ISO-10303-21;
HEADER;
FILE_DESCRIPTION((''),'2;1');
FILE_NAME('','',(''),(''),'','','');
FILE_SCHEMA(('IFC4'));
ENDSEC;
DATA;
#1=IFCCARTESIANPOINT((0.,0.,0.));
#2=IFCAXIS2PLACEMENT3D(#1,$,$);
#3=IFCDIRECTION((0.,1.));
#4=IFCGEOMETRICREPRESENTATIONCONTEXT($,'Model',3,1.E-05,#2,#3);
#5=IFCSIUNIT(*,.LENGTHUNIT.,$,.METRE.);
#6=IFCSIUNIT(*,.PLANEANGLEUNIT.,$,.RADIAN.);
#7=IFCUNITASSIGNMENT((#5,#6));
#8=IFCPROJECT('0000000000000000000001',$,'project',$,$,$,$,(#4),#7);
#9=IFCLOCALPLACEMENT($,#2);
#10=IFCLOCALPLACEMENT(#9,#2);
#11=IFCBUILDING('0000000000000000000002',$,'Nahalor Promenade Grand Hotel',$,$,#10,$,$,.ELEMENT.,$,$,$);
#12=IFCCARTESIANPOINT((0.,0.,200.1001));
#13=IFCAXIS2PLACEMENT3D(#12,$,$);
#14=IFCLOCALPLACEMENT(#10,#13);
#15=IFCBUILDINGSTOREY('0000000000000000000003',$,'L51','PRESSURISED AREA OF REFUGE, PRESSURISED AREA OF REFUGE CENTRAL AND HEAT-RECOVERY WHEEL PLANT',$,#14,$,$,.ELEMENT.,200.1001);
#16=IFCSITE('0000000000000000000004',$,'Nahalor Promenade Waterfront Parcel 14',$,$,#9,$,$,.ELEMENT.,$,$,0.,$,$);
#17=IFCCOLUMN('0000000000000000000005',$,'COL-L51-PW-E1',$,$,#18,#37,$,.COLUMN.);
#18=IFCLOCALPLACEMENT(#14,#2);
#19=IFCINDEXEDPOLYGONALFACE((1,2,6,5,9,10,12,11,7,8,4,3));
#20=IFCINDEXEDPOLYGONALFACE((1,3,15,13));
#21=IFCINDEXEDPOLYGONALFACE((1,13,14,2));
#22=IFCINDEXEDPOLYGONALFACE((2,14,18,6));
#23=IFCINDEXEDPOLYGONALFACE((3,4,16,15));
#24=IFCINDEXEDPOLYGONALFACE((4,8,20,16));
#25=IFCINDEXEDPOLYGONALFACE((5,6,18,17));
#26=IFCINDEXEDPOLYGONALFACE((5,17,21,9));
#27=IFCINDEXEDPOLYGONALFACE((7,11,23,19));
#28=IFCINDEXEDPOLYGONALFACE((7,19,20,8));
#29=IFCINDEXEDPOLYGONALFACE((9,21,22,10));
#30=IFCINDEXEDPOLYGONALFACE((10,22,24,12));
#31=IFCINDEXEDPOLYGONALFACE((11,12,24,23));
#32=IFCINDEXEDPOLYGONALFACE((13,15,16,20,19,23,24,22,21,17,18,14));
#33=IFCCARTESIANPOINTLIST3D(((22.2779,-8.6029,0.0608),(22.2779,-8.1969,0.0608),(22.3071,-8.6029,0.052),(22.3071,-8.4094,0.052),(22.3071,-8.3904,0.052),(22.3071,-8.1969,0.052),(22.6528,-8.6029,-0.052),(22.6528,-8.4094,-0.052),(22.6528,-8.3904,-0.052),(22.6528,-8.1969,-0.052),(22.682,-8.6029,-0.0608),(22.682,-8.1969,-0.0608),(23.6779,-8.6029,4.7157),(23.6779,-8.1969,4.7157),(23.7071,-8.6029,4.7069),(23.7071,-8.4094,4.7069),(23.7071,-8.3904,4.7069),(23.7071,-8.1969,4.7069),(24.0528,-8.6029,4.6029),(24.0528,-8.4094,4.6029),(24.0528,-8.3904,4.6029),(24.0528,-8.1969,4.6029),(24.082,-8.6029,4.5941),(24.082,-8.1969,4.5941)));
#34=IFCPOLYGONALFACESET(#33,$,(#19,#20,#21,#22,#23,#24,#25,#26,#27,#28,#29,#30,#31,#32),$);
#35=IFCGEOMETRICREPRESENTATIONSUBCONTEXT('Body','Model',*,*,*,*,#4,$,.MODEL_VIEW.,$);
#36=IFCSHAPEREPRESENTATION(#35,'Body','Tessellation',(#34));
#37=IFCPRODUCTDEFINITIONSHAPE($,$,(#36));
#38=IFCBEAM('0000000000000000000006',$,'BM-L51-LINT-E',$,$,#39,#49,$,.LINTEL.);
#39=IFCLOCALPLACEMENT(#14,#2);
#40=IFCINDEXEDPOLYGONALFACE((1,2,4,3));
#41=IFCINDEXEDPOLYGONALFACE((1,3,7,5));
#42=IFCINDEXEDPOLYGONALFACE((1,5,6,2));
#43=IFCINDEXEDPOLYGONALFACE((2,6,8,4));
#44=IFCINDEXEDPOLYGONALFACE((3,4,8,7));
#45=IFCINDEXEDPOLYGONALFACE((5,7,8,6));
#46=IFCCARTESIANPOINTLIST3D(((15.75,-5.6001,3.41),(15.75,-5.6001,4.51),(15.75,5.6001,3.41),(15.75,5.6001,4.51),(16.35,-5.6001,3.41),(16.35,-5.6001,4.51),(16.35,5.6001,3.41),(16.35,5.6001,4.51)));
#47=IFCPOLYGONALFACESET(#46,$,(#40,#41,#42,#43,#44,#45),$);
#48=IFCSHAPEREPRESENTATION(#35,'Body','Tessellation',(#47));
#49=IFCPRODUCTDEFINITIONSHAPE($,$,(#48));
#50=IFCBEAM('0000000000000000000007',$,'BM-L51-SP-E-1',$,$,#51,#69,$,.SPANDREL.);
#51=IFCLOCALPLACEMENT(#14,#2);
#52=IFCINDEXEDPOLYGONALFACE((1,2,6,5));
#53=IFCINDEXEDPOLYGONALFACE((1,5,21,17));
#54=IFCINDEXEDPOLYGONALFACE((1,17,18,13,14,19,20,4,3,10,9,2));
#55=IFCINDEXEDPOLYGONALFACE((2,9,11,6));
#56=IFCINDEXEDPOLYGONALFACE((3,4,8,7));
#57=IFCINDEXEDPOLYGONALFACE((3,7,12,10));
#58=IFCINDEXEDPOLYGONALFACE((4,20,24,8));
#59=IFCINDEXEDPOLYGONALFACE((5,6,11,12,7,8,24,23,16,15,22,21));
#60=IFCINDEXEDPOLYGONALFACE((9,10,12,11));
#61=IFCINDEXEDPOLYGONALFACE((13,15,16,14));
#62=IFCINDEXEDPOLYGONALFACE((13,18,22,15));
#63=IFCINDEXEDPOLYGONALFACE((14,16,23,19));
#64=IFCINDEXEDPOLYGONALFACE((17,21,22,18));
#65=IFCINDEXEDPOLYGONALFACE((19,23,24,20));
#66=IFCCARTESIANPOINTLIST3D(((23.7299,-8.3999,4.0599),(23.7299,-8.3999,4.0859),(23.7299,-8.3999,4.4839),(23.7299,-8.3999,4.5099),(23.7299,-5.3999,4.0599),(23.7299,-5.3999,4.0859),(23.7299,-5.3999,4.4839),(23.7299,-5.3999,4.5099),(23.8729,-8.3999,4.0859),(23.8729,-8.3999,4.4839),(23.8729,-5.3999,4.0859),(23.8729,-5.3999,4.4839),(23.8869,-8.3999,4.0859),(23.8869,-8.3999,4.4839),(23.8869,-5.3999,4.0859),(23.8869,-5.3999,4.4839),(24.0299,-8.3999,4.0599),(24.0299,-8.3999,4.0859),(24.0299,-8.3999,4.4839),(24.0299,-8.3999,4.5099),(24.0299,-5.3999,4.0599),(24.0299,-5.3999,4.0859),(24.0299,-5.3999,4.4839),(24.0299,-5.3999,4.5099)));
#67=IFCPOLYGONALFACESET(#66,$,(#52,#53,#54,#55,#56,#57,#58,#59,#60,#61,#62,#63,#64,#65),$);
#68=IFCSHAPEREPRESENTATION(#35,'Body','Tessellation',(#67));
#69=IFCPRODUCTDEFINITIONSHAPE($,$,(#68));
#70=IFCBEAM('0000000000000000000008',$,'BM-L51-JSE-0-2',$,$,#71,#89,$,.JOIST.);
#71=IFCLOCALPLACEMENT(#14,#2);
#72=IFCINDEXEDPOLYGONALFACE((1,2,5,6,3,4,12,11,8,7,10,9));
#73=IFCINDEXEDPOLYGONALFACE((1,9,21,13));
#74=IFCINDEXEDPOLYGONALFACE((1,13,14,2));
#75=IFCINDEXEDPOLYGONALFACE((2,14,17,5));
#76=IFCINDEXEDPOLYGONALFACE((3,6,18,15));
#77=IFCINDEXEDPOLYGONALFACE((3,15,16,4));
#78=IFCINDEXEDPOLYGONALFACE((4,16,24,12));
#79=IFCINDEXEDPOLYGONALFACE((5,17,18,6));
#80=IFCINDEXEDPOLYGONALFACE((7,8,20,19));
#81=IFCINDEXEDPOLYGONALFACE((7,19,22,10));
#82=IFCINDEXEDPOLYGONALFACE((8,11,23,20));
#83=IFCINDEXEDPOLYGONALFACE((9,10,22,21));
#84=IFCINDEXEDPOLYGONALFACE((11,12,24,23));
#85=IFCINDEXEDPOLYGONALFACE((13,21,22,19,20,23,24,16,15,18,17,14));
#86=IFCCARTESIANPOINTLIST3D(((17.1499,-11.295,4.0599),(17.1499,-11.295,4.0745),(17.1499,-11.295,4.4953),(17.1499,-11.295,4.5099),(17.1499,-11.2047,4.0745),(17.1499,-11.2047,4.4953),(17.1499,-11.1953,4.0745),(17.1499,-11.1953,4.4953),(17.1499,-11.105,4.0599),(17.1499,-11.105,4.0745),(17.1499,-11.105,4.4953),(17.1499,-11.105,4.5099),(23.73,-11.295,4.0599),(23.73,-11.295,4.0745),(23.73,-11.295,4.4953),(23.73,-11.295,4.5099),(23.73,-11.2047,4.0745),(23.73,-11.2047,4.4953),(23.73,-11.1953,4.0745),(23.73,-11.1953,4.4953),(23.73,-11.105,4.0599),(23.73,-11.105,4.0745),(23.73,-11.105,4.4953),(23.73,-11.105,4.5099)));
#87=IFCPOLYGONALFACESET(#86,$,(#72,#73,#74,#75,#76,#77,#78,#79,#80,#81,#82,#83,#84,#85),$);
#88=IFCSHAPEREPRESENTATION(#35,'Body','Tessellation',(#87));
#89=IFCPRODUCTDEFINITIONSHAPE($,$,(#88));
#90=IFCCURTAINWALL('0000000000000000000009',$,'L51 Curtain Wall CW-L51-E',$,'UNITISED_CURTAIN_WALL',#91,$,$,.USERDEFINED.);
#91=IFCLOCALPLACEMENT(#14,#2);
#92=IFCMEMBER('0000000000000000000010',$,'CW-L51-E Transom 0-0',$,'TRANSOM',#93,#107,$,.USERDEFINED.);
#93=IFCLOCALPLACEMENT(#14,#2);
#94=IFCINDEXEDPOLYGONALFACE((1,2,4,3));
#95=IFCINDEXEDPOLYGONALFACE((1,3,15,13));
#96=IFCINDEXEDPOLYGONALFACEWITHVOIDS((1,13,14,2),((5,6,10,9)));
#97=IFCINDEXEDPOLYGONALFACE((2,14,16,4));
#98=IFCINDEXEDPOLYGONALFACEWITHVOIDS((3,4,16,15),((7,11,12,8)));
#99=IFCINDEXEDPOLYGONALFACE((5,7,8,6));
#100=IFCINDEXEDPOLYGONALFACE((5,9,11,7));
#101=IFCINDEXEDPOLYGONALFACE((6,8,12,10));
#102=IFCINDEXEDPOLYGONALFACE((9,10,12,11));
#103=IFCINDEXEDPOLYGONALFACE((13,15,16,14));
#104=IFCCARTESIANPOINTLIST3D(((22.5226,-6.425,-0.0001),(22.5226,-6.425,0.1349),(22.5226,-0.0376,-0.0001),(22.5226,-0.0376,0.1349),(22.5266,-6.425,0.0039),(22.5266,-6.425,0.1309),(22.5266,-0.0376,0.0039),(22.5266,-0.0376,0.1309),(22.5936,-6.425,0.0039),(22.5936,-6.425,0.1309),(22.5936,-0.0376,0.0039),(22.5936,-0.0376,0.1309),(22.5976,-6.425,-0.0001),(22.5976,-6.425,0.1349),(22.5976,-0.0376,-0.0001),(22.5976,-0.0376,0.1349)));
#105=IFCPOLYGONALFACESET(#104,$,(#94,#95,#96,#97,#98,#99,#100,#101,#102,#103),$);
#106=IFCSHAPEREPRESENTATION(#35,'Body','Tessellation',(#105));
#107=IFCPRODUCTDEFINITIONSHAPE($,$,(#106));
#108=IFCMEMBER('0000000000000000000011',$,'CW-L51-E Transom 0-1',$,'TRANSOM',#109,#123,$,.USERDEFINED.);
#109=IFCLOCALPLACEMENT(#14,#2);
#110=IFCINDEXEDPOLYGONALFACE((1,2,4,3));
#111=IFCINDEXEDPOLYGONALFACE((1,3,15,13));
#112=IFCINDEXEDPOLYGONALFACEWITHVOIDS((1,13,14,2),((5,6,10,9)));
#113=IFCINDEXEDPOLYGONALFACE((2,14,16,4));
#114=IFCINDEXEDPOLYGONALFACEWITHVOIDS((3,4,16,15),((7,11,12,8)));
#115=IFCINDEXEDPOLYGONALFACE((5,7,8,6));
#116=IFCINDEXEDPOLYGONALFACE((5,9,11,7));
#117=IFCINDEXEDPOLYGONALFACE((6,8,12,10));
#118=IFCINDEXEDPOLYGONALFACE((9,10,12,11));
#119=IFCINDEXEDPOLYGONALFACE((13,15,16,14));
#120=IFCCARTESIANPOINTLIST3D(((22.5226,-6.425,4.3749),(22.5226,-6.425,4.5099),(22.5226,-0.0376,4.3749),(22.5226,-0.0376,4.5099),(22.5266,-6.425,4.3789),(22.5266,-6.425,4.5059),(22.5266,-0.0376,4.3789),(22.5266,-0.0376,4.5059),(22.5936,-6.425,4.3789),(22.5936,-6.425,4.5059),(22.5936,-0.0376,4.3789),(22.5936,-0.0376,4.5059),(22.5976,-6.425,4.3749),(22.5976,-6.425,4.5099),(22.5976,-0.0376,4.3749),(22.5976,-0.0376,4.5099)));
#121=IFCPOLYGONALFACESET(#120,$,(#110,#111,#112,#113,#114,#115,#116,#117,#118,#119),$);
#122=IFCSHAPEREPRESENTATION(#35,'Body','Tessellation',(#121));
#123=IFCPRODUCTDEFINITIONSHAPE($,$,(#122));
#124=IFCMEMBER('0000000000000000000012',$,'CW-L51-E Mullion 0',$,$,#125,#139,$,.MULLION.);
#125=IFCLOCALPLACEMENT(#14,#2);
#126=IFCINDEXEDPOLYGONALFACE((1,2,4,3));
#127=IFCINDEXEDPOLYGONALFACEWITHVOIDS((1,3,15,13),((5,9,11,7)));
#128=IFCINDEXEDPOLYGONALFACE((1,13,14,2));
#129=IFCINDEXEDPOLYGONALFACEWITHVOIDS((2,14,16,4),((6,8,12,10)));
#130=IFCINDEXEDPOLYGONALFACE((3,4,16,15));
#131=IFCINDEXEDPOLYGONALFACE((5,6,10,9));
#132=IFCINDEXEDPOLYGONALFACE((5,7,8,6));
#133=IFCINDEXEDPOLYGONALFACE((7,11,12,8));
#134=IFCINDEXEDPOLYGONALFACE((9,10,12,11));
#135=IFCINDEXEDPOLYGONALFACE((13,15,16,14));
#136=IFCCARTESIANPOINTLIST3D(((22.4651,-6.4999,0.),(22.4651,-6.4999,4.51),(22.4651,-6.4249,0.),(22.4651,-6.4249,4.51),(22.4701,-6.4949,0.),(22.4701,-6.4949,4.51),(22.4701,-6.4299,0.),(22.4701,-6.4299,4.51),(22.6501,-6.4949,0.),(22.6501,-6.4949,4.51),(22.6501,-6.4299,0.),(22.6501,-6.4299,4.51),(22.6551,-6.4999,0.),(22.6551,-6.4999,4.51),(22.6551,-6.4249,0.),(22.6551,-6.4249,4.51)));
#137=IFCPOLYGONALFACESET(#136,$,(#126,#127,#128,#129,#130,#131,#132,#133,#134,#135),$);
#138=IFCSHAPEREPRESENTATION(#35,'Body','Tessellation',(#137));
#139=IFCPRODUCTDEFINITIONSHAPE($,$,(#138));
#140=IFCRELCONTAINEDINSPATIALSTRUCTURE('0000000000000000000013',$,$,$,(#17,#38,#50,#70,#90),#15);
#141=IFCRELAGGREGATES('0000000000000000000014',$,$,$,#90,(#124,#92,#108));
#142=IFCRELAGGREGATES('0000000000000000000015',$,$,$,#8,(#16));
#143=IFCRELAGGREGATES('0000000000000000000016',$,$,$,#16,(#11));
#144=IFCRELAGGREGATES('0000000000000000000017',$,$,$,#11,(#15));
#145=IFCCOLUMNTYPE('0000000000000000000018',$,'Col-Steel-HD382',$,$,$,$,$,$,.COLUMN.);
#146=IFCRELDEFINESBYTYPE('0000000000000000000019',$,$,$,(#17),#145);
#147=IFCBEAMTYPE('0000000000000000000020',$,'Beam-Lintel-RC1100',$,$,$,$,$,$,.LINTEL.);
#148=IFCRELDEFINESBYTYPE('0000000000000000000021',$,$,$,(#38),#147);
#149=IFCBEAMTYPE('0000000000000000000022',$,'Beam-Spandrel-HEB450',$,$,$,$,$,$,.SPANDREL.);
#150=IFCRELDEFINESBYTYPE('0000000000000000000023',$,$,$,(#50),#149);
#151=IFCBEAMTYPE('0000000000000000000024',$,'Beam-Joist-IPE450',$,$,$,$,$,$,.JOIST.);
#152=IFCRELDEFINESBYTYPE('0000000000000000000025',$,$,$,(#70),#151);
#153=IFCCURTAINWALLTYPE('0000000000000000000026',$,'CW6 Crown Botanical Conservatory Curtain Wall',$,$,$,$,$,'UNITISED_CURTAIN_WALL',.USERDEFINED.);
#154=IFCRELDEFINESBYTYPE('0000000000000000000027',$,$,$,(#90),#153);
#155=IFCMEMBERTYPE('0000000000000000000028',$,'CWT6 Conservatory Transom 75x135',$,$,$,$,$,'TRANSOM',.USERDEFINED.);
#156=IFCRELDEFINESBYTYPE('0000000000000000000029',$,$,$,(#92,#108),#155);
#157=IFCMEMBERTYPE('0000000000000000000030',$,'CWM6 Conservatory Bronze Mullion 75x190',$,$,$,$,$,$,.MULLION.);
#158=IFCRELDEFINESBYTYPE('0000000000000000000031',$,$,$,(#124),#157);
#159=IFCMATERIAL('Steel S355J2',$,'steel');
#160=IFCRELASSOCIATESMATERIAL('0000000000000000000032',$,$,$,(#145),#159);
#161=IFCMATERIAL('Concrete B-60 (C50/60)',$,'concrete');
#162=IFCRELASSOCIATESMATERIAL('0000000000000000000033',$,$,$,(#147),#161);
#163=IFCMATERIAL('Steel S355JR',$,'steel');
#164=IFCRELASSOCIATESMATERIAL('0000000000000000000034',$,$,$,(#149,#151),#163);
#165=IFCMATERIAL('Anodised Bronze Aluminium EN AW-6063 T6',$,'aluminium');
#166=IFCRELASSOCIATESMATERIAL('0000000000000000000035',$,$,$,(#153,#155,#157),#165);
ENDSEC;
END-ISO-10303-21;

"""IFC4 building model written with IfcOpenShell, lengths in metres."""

from ifc_helpers import new_model, si_unit, direction, frame, origin, origin_2d, place, context, subcontext, project, spatial, rectangle, hollow_rectangle, i_section, extrude, source, transform, mapped, material, material_profile, profile_set, type_object, element, aggregate, save


model = new_model("IFC4")

# Units and contexts
model_context = context("Model", 3, precision=1e-05, world=origin(), true_north=direction((0.0, 1.0)))
body_context = subcontext(model_context, "Body", "Model", "MODEL_VIEW")
ifc_project = project(units=[si_unit("LENGTHUNIT", "METRE"), si_unit("PLANEANGLEUNIT", "RADIAN")], contexts=[model_context])

# Site, building, storey
site_placement = place(None, origin())
site = spatial("IfcSite", under=ifc_project, at=site_placement, Name="Nahalor Promenade Waterfront Parcel 14", CompositionType="ELEMENT", RefElevation=0.0)
building_placement = place(site_placement, origin())
building = spatial("IfcBuilding", under=site, at=building_placement, Name="Nahalor Promenade Grand Hotel", CompositionType="ELEMENT")
storey_placement = place(building_placement, frame((0.0, 0.0, 200.1001)))
storey = spatial("IfcBuildingStorey", under=building, at=storey_placement, Name="L51", Description="PRESSURISED AREA OF REFUGE, PRESSURISED AREA OF REFUGE CENTRAL AND HEAT-RECOVERY WHEEL PLANT", CompositionType="ELEMENT", Elevation=200.1001)

# Column
ifc_material_1 = material(Name="Steel S355J2", Category="steel")
ifc_material_profile_1 = material_profile(ifc_material_1, i_section(OverallWidth=0.406, OverallDepth=0.422, WebThickness=0.019, FlangeThickness=0.0305, at=origin_2d()), Name="HD 400x382")
ifc_profile_set_1 = profile_set([ifc_material_profile_1], Name="Steel S355J2")
column_type = type_object("IfcColumnType", Name="Col-Steel-HD382", PredefinedType="COLUMN", material=ifc_profile_set_1)
shared_shape_1 = source(origin(), body_context, "Body", "SweptSolid", [
    extrude(i_section(OverallWidth=0.406, OverallDepth=0.422, WebThickness=0.019, FlangeThickness=0.0305, at=origin_2d()), origin(), (0.0, 0.0, 1.0), 4.8608),
])
column_placement = place(storey_placement, frame((22.48, -8.3999, 0.0), z_axis=(0.288002, 0.0, 0.95763), x_axis=(0.0, 1.0, 0.0)))
element("IfcColumn", 1, at=column_placement, inside=storey, type_object=column_type, Name="COL-L51-PW-E1", PredefinedType="COLUMN", context=body_context, shape_type="MappedRepresentation", body=[
    mapped(shared_shape_1, transform((0.0, 0.0, 0.0), scale=1.0)),
])

# Beams
ifc_material_2 = material(Name="Concrete B-60 (C50/60)", Category="concrete")
ifc_material_profile_2 = material_profile(ifc_material_2, rectangle(XDim=0.6, YDim=1.1, at=origin_2d()), Name="RC 600x1100")
ifc_profile_set_2 = profile_set([ifc_material_profile_2], Name="Concrete B-60 (C50/60)")
beam_type_1 = type_object("IfcBeamType", Name="Beam-Lintel-RC1100", PredefinedType="LINTEL", material=ifc_profile_set_2)
shared_shape_2 = source(origin(), body_context, "Body", "SweptSolid", [
    extrude(rectangle(XDim=0.6, YDim=1.1, at=origin_2d()), origin(), (0.0, 0.0, 1.0), 11.2002),
])
beam_1_placement = place(storey_placement, frame((16.05, -5.6001, 3.96), z_axis=(0.0, 1.0, 0.0), x_axis=(-1.0, 0.0, 0.0)))
element("IfcBeam", 2, at=beam_1_placement, inside=storey, type_object=beam_type_1, Name="BM-L51-LINT-E", PredefinedType="LINTEL", context=body_context, shape_type="MappedRepresentation", body=[
    mapped(shared_shape_2, transform((0.0, 0.0, 0.0), scale=1.0)),
])
ifc_material_3 = material(Name="Steel S355JR", Category="steel")
ifc_material_profile_3 = material_profile(ifc_material_3, i_section(OverallWidth=0.3, OverallDepth=0.45, WebThickness=0.014, FlangeThickness=0.026, at=origin_2d()), Name="HEB 450")
ifc_profile_set_3 = profile_set([ifc_material_profile_3], Name="Steel S355JR")
beam_type_2 = type_object("IfcBeamType", Name="Beam-Spandrel-HEB450", PredefinedType="SPANDREL", material=ifc_profile_set_3)
shared_shape_3 = source(origin(), body_context, "Body", "SweptSolid", [
    extrude(i_section(OverallWidth=0.3, OverallDepth=0.45, WebThickness=0.014, FlangeThickness=0.026, at=origin_2d()), origin(), (0.0, 0.0, 1.0), 3.0),
])
beam_2_placement = place(storey_placement, frame((23.8799, -8.3999, 4.2849), z_axis=(0.0, 1.0, 0.0), x_axis=(-1.0, 0.0, 0.0)))
element("IfcBeam", 3, at=beam_2_placement, inside=storey, type_object=beam_type_2, Name="BM-L51-SP-E-1", PredefinedType="SPANDREL", context=body_context, shape_type="MappedRepresentation", body=[
    mapped(shared_shape_3, transform((0.0, 0.0, 0.0), scale=1.0)),
])
ifc_material_profile_4 = material_profile(ifc_material_3, i_section(OverallWidth=0.19, OverallDepth=0.45, WebThickness=0.0094, FlangeThickness=0.0146, at=origin_2d()), Name="IPE 450")
ifc_profile_set_4 = profile_set([ifc_material_profile_4], Name="Steel S355JR")
beam_type_3 = type_object("IfcBeamType", Name="Beam-Joist-IPE450", PredefinedType="JOIST", material=ifc_profile_set_4)
shared_shape_4 = source(origin(), body_context, "Body", "SweptSolid", [
    extrude(i_section(OverallWidth=0.19, OverallDepth=0.45, WebThickness=0.0094, FlangeThickness=0.0146, at=origin_2d()), origin(), (0.0, 0.0, 1.0), 6.5801),
])
beam_3_placement = place(storey_placement, frame((17.1499, -11.2, 4.2849), z_axis=(1.0, 0.0, 0.0), x_axis=(0.0, 1.0, 0.0)))
element("IfcBeam", 4, at=beam_3_placement, inside=storey, type_object=beam_type_3, Name="BM-L51-JSE-0-2", PredefinedType="JOIST", context=body_context, shape_type="MappedRepresentation", body=[
    mapped(shared_shape_4, transform((0.0, 0.0, 0.0), scale=1.0)),
])

# Curtain wall, members
ifc_material_4 = material(Name="Anodised Bronze Aluminium EN AW-6063 T6", Category="aluminium")
curtain_wall_type = type_object("IfcCurtainWallType", Name="CW6 Crown Botanical Conservatory Curtain Wall", ElementType="UNITISED_CURTAIN_WALL", PredefinedType="USERDEFINED", material=ifc_material_4)
curtain_wall_placement = place(storey_placement, origin())
curtain_wall = element("IfcCurtainWall", 5, at=curtain_wall_placement, inside=storey, type_object=curtain_wall_type, Name="L51 Curtain Wall CW-L51-E", ObjectType="UNITISED_CURTAIN_WALL", PredefinedType="USERDEFINED")
ifc_material_profile_5 = material_profile(ifc_material_4, hollow_rectangle(XDim=0.075, YDim=0.135, WallThickness=0.004, at=origin_2d()), Name="CWT 75x135x4")
ifc_profile_set_5 = profile_set([ifc_material_profile_5], Name="Anodised Bronze Aluminium EN AW-6063 T6")
member_type_1 = type_object("IfcMemberType", Name="CWT6 Conservatory Transom 75x135", ElementType="TRANSOM", PredefinedType="USERDEFINED", material=ifc_profile_set_5)
shared_shape_5 = source(origin(), body_context, "Body", "SweptSolid", [
    extrude(hollow_rectangle(XDim=0.075, YDim=0.135, WallThickness=0.004, at=origin_2d()), origin(), (0.0, 0.0, 1.0), 6.3875),
])
member_1_placement = place(storey_placement, frame((22.5601, -6.425, 0.0674), z_axis=(0.0, 1.0, 0.0), x_axis=(-1.0, 0.0, 0.0)))
member_1 = element("IfcMember", 6, at=member_1_placement, type_object=member_type_1, Name="CW-L51-E Transom 0-0", ObjectType="TRANSOM", PredefinedType="USERDEFINED", context=body_context, shape_type="MappedRepresentation", body=[
    mapped(shared_shape_5, transform((0.0, 0.0, 0.0), scale=1.0)),
])
member_2_placement = place(storey_placement, frame((22.5601, -6.425, 4.4424), z_axis=(0.0, 1.0, 0.0), x_axis=(-1.0, 0.0, 0.0)))
member_2 = element("IfcMember", 7, at=member_2_placement, type_object=member_type_1, Name="CW-L51-E Transom 0-1", ObjectType="TRANSOM", PredefinedType="USERDEFINED", context=body_context, shape_type="MappedRepresentation", body=[
    mapped(shared_shape_5, transform((0.0, 0.0, 0.0), scale=1.0)),
])
ifc_material_profile_6 = material_profile(ifc_material_4, hollow_rectangle(XDim=0.075, YDim=0.19, WallThickness=0.005, at=origin_2d()), Name="CWM 75x190x5")
ifc_profile_set_6 = profile_set([ifc_material_profile_6], Name="Anodised Bronze Aluminium EN AW-6063 T6")
member_type_2 = type_object("IfcMemberType", Name="CWM6 Conservatory Bronze Mullion 75x190", PredefinedType="MULLION", material=ifc_profile_set_6)
shared_shape_6 = source(origin(), body_context, "Body", "SweptSolid", [
    extrude(hollow_rectangle(XDim=0.075, YDim=0.19, WallThickness=0.005, at=origin_2d()), origin(), (0.0, 0.0, 1.0), 4.51),
])
member_3_placement = place(storey_placement, frame((22.5601, -6.4624, 0.0), z_axis=(0.0, 0.0, 1.0), x_axis=(0.0, 1.0, 0.0)))
member_3 = element("IfcMember", 8, at=member_3_placement, type_object=member_type_2, Name="CW-L51-E Mullion 0", PredefinedType="MULLION", context=body_context, shape_type="MappedRepresentation", body=[
    mapped(shared_shape_6, transform((0.0, 0.0, 0.0), scale=1.0)),
])
aggregate(curtain_wall, [member_3, member_1, member_2])

save(model, "model.ifc")
